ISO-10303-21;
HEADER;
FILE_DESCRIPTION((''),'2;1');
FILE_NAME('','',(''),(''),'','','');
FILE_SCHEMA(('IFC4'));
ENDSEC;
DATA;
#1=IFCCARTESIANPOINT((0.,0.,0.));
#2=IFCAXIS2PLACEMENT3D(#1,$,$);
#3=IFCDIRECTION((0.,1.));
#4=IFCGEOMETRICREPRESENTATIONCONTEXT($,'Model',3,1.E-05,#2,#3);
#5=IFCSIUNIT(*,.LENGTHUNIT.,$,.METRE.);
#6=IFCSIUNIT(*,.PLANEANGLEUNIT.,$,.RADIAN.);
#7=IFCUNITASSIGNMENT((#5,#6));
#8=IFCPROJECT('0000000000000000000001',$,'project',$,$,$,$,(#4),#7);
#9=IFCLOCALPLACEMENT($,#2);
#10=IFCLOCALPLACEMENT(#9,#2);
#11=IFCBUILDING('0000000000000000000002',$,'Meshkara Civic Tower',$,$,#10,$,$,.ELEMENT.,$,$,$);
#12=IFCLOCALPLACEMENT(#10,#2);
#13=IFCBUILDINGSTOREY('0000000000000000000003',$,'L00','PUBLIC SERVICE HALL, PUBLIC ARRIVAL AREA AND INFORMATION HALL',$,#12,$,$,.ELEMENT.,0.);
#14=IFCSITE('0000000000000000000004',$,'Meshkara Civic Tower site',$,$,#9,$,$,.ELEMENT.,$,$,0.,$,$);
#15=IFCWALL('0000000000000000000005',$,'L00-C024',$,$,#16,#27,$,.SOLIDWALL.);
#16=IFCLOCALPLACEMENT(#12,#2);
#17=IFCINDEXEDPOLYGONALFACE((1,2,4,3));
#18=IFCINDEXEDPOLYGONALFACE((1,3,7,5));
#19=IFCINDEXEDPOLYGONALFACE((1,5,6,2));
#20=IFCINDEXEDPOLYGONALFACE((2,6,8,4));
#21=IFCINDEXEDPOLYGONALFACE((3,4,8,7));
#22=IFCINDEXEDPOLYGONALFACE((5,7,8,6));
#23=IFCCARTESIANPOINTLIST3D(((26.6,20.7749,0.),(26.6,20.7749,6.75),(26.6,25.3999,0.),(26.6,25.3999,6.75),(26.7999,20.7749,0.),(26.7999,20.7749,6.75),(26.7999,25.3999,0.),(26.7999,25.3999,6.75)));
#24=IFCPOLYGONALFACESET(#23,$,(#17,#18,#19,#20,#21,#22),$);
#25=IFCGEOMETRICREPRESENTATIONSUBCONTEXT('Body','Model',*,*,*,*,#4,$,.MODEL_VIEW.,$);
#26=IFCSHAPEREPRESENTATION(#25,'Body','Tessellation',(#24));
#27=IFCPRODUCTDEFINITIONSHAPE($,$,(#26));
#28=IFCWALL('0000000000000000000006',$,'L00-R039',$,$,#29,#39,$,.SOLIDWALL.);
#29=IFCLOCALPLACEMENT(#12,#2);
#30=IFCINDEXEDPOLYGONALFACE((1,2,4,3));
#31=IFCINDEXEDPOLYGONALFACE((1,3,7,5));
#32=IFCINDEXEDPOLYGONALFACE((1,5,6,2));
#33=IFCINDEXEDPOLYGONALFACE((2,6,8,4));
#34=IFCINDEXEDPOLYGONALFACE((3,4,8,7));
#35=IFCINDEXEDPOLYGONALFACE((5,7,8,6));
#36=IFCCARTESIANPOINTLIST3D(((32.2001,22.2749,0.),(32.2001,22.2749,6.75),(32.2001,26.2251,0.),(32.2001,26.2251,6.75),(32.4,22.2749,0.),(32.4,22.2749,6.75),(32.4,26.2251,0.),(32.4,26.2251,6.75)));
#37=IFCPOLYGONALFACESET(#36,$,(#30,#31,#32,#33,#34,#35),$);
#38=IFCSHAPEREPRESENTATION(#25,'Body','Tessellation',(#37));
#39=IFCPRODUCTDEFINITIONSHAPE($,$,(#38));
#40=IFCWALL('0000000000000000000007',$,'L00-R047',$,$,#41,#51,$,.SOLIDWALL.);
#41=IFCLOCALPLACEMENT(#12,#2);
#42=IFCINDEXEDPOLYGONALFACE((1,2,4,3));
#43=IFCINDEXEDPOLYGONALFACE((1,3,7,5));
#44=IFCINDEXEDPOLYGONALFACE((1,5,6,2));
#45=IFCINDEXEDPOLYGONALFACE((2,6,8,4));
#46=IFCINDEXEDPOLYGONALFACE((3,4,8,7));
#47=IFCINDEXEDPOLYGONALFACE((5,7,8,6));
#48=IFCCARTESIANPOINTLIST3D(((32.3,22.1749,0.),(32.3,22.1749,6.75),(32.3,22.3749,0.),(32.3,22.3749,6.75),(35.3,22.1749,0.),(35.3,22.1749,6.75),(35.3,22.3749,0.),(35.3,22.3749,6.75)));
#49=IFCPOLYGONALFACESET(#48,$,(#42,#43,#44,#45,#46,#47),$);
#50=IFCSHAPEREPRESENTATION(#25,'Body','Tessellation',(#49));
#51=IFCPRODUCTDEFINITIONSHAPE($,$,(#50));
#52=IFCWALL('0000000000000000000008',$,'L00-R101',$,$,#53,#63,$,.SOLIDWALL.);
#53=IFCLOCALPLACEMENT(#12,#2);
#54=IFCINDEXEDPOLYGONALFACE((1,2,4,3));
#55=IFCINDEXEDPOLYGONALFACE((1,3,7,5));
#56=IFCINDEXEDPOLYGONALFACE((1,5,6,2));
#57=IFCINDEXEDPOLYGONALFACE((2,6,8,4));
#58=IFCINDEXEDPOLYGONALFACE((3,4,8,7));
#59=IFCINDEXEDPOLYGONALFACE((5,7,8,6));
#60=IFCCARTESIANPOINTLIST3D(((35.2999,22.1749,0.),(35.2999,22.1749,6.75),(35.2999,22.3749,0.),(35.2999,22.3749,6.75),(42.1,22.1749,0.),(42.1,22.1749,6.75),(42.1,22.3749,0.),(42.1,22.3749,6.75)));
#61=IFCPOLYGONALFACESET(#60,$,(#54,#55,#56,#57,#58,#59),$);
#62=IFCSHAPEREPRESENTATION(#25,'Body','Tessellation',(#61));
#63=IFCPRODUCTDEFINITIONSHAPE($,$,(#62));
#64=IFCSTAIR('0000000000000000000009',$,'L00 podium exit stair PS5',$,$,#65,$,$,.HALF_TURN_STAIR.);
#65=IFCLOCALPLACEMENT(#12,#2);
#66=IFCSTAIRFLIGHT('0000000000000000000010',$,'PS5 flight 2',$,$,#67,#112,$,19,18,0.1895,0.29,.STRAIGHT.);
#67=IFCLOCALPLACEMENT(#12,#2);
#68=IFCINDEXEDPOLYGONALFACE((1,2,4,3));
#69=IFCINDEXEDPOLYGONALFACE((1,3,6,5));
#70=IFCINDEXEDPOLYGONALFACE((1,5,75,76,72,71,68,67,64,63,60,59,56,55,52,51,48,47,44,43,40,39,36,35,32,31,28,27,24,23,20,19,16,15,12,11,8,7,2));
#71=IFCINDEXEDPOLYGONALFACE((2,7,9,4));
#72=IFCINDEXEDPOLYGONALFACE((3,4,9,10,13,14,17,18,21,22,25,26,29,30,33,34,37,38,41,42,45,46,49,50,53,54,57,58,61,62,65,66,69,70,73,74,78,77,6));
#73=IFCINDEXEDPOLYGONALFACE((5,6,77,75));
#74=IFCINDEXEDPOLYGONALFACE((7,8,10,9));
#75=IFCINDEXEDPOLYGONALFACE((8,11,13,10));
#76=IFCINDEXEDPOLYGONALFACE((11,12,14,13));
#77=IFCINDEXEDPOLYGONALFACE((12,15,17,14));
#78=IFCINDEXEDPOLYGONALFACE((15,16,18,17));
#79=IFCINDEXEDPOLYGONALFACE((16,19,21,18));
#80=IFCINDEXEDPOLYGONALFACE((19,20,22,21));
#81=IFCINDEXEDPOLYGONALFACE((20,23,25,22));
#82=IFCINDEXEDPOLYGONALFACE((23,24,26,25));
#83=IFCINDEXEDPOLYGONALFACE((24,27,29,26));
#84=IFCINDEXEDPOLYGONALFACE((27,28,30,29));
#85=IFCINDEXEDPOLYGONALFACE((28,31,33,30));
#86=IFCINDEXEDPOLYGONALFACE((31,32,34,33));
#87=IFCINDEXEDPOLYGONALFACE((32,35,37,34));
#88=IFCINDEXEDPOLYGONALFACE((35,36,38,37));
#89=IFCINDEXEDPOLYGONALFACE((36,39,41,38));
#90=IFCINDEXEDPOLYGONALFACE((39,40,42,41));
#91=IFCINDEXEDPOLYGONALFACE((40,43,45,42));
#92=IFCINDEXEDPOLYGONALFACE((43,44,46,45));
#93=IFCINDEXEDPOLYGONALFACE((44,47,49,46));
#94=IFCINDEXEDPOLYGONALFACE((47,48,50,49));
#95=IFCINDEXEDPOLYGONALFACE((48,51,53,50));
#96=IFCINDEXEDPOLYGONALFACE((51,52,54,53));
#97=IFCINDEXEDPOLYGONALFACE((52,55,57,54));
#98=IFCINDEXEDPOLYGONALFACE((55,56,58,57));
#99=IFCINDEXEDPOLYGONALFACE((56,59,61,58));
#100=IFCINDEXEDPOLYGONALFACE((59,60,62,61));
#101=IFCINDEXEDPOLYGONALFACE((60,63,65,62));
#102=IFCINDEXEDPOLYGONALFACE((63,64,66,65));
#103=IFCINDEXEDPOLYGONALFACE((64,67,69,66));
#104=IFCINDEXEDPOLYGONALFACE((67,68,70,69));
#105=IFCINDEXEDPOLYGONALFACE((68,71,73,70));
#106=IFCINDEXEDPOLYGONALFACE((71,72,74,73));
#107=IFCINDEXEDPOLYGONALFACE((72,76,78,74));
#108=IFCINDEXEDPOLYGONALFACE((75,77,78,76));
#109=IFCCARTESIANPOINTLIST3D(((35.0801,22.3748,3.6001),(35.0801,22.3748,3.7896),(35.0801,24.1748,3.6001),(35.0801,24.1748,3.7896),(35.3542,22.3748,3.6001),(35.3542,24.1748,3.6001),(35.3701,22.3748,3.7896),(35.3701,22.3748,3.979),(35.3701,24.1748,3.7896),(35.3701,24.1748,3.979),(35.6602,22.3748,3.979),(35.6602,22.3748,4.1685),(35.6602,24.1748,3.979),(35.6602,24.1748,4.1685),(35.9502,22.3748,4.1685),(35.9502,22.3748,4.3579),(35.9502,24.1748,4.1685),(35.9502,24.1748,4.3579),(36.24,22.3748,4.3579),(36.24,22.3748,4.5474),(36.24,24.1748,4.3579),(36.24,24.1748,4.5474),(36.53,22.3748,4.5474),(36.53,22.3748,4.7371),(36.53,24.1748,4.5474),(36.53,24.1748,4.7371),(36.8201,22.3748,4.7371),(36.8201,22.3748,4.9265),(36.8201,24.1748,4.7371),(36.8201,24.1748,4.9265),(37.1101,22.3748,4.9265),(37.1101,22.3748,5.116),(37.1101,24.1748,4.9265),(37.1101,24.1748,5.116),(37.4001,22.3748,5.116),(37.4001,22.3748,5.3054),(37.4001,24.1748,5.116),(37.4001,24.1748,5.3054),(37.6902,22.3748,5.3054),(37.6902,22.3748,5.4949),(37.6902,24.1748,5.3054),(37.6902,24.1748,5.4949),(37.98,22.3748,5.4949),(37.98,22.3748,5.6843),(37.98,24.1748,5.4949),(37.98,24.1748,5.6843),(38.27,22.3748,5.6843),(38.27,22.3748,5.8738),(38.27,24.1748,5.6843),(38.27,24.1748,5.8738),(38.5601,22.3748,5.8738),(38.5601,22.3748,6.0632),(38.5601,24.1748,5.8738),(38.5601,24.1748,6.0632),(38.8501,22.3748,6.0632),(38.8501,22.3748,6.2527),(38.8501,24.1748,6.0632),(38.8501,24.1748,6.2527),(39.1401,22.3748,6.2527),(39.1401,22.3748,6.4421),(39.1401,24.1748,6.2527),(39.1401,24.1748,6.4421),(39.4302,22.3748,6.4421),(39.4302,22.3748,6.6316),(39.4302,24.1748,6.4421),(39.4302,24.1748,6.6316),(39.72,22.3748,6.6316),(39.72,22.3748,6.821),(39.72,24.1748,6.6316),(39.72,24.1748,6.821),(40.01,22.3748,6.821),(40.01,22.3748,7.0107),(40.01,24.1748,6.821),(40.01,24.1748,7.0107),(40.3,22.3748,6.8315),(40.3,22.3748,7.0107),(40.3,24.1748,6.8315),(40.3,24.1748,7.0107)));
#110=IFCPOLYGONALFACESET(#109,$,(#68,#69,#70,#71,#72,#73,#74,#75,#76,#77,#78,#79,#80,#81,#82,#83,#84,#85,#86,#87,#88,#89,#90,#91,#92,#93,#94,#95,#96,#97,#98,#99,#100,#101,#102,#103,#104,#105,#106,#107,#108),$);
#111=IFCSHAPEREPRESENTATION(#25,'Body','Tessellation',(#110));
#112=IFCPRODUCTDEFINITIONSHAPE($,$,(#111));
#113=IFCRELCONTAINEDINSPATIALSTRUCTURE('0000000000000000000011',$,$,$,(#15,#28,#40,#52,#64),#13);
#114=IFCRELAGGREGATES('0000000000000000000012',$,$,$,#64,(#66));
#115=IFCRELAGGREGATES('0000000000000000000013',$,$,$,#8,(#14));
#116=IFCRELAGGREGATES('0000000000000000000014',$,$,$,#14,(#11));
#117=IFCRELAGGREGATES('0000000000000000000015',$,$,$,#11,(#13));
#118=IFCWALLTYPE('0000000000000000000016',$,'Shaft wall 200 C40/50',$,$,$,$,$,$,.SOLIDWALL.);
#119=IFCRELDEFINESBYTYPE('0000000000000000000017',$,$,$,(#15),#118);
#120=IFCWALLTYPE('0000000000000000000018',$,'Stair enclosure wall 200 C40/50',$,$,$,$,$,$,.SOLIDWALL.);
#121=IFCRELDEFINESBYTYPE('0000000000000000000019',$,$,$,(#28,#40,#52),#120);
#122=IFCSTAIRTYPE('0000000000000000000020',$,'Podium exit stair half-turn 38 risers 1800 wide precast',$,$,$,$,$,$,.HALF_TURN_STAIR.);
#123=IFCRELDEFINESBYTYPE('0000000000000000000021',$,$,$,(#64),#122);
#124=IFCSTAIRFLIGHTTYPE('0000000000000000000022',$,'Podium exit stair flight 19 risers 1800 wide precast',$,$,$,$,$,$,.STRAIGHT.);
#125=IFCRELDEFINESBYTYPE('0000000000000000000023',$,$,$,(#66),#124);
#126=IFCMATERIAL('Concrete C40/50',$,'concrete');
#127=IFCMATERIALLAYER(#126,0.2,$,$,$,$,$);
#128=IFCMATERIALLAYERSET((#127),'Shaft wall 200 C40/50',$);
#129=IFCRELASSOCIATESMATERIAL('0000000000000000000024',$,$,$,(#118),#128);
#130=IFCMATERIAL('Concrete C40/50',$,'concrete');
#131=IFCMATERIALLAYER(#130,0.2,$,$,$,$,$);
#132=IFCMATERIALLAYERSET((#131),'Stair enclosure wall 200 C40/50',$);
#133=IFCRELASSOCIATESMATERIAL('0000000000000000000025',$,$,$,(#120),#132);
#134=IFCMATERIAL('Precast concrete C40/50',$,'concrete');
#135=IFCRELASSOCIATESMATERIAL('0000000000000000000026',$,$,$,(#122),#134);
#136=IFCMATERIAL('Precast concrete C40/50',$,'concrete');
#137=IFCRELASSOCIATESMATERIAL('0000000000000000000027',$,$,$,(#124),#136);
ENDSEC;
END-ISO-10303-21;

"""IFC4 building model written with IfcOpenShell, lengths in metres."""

from ifc_helpers import new_model, si_unit, direction, frame, frame_2d, origin, place, context, subcontext, project, spatial, polyline, rectangle, outline, extrude, material, layer, layer_set, type_object, element, aggregate, save


model = new_model("IFC4")

# Units and contexts
model_context = context("Model", 3, precision=1e-05, world=origin(), true_north=direction((0.0, 1.0)))
body_context = subcontext(model_context, "Body", "Model", "MODEL_VIEW")
ifc_project = project(units=[si_unit("LENGTHUNIT", "METRE"), si_unit("PLANEANGLEUNIT", "RADIAN")], contexts=[model_context])

# Site, building, storey
site_placement = place(None, origin())
site = spatial("IfcSite", under=ifc_project, at=site_placement, Name="Meshkara Civic Tower site", CompositionType="ELEMENT", RefElevation=0.0)
building_placement = place(site_placement, origin())
building = spatial("IfcBuilding", under=site, at=building_placement, Name="Meshkara Civic Tower", CompositionType="ELEMENT")
storey_placement = place(building_placement, origin())
storey = spatial("IfcBuildingStorey", under=building, at=storey_placement, Name="L00", Description="PUBLIC SERVICE HALL, PUBLIC ARRIVAL AREA AND INFORMATION HALL", CompositionType="ELEMENT", Elevation=0.0)

# Shared definitions
ifc_material_1 = material(Name="Concrete C40/50", Category="concrete")
ifc_layer_1 = layer(ifc_material_1, 0.2)
ifc_layer_set_1 = layer_set([ifc_layer_1], Name="Shaft wall 200 C40/50")
wall_type_1 = type_object("IfcWallType", Name="Shaft wall 200 C40/50", PredefinedType="SOLIDWALL", material=ifc_layer_set_1)

# Walls
wall_1_placement = place(storey_placement, frame((26.7, 20.7749, 0.0), z_axis=(0.0, 0.0, 1.0), x_axis=(0.0, 1.0, 0.0)))
element("IfcWall", 1, at=wall_1_placement, inside=storey, type_object=wall_type_1, Name="L00-C024", PredefinedType="SOLIDWALL", context=body_context, shape_type="SweptSolid", body=[
    extrude(rectangle(XDim=4.625, YDim=0.2, at=frame_2d((2.3125, 0.0))), origin(), (0.0, 0.0, 1.0), 6.75),
])
ifc_material_2 = material(Name="Concrete C40/50", Category="concrete")
ifc_layer_2 = layer(ifc_material_2, 0.2)
ifc_layer_set_2 = layer_set([ifc_layer_2], Name="Stair enclosure wall 200 C40/50")
wall_type_2 = type_object("IfcWallType", Name="Stair enclosure wall 200 C40/50", PredefinedType="SOLIDWALL", material=ifc_layer_set_2)
wall_2_placement = place(storey_placement, frame((32.3, 22.2749, 0.0), z_axis=(0.0, 0.0, 1.0), x_axis=(0.0, 1.0, 0.0)))
element("IfcWall", 2, at=wall_2_placement, inside=storey, type_object=wall_type_2, Name="L00-R039", PredefinedType="SOLIDWALL", context=body_context, shape_type="SweptSolid", body=[
    extrude(rectangle(XDim=3.9502, YDim=0.2, at=frame_2d((1.9751, 0.0))), origin(), (0.0, 0.0, 1.0), 6.75),
])
wall_3_placement = place(storey_placement, frame((35.3, 22.2749, 0.0), z_axis=(0.0, 0.0, 1.0), x_axis=(-1.0, 0.0, 0.0)))
element("IfcWall", 3, at=wall_3_placement, inside=storey, type_object=wall_type_2, Name="L00-R047", PredefinedType="SOLIDWALL", context=body_context, shape_type="SweptSolid", body=[
    extrude(rectangle(XDim=3.0, YDim=0.2, at=frame_2d((1.5, 0.0))), origin(), (0.0, 0.0, 1.0), 6.75),
])
wall_4_placement = place(storey_placement, frame((35.3, 22.2749, 0.0), z_axis=(0.0, 0.0, 1.0), x_axis=(1.0, 0.0, 0.0)))
element("IfcWall", 4, at=wall_4_placement, inside=storey, type_object=wall_type_2, Name="L00-R101", PredefinedType="SOLIDWALL", context=body_context, shape_type="SweptSolid", body=[
    extrude(rectangle(XDim=6.8, YDim=0.2, at=frame_2d((3.3999, 0.0))), origin(), (0.0, 0.0, 1.0), 6.75),
])

# Stair, stair flight
ifc_material_3 = material(Name="Precast concrete C40/50", Category="concrete")
stair_type = type_object("IfcStairType", Name="Podium exit stair half-turn 38 risers 1800 wide precast", PredefinedType="HALF_TURN_STAIR", material=ifc_material_3)
stair_placement = place(storey_placement, origin())
stair = element("IfcStair", 5, at=stair_placement, inside=storey, type_object=stair_type, Name="L00 podium exit stair PS5", PredefinedType="HALF_TURN_STAIR")
ifc_material_4 = material(Name="Precast concrete C40/50", Category="concrete")
stair_flight_type = type_object("IfcStairFlightType", Name="Podium exit stair flight 19 risers 1800 wide precast", PredefinedType="STRAIGHT", material=ifc_material_4)
stair_flight_placement = place(storey_placement, frame((35.0801, 23.2749, 3.6001), z_axis=(0.0, 0.0, 1.0), x_axis=(1.0, 0.0, 0.0)))
stair_flight = element("IfcStairFlight", 6, at=stair_flight_placement, type_object=stair_flight_type, Name="PS5 flight 2", NumberOfRisers=19, NumberOfTreads=18, PredefinedType="STRAIGHT", RiserHeight=0.1895, TreadLength=0.29, context=body_context, shape_type="SweptSolid", body=[
    extrude(outline(polyline([(0.0, 0.0), (0.0, 0.1895), (0.29, 0.1895), (0.29, 0.3789), (0.5801, 0.3789), (0.5801, 0.5684), (0.8701, 0.5684), (0.8701, 0.7578), (1.1599, 0.7578), (1.1599, 0.9473), (1.45, 0.9473), (1.45, 1.137), (1.74, 1.137), (1.74, 1.3264), (2.03, 1.3264), (2.03, 1.5159), (2.3201, 1.5159), (2.3201, 1.7053), (2.6101, 1.7053), (2.6101, 1.8948), (2.8999, 1.8948), (2.8999, 2.0842), (3.1899, 2.0842), (3.1899, 2.2737), (3.48, 2.2737), (3.48, 2.4631), (3.77, 2.4631), (3.77, 2.6526), (4.0601, 2.6526), (4.0601, 2.842), (4.3501, 2.842), (4.3501, 3.0315), (4.6399, 3.0315), (4.6399, 3.2209), (4.9299, 3.2209), (4.9299, 3.4106), (5.22, 3.4106), (5.22, 3.6001), (5.22, 3.2314), (0.2742, 0.0), (0.0, 0.0)])), frame((0.0, 0.8999, 0.0), z_axis=(0.0, -1.0, 0.0), x_axis=(1.0, 0.0, 0.0)), (0.0, 0.0, 1.0), 1.8),
])
aggregate(stair, [stair_flight])

save(model, "model.ifc")
